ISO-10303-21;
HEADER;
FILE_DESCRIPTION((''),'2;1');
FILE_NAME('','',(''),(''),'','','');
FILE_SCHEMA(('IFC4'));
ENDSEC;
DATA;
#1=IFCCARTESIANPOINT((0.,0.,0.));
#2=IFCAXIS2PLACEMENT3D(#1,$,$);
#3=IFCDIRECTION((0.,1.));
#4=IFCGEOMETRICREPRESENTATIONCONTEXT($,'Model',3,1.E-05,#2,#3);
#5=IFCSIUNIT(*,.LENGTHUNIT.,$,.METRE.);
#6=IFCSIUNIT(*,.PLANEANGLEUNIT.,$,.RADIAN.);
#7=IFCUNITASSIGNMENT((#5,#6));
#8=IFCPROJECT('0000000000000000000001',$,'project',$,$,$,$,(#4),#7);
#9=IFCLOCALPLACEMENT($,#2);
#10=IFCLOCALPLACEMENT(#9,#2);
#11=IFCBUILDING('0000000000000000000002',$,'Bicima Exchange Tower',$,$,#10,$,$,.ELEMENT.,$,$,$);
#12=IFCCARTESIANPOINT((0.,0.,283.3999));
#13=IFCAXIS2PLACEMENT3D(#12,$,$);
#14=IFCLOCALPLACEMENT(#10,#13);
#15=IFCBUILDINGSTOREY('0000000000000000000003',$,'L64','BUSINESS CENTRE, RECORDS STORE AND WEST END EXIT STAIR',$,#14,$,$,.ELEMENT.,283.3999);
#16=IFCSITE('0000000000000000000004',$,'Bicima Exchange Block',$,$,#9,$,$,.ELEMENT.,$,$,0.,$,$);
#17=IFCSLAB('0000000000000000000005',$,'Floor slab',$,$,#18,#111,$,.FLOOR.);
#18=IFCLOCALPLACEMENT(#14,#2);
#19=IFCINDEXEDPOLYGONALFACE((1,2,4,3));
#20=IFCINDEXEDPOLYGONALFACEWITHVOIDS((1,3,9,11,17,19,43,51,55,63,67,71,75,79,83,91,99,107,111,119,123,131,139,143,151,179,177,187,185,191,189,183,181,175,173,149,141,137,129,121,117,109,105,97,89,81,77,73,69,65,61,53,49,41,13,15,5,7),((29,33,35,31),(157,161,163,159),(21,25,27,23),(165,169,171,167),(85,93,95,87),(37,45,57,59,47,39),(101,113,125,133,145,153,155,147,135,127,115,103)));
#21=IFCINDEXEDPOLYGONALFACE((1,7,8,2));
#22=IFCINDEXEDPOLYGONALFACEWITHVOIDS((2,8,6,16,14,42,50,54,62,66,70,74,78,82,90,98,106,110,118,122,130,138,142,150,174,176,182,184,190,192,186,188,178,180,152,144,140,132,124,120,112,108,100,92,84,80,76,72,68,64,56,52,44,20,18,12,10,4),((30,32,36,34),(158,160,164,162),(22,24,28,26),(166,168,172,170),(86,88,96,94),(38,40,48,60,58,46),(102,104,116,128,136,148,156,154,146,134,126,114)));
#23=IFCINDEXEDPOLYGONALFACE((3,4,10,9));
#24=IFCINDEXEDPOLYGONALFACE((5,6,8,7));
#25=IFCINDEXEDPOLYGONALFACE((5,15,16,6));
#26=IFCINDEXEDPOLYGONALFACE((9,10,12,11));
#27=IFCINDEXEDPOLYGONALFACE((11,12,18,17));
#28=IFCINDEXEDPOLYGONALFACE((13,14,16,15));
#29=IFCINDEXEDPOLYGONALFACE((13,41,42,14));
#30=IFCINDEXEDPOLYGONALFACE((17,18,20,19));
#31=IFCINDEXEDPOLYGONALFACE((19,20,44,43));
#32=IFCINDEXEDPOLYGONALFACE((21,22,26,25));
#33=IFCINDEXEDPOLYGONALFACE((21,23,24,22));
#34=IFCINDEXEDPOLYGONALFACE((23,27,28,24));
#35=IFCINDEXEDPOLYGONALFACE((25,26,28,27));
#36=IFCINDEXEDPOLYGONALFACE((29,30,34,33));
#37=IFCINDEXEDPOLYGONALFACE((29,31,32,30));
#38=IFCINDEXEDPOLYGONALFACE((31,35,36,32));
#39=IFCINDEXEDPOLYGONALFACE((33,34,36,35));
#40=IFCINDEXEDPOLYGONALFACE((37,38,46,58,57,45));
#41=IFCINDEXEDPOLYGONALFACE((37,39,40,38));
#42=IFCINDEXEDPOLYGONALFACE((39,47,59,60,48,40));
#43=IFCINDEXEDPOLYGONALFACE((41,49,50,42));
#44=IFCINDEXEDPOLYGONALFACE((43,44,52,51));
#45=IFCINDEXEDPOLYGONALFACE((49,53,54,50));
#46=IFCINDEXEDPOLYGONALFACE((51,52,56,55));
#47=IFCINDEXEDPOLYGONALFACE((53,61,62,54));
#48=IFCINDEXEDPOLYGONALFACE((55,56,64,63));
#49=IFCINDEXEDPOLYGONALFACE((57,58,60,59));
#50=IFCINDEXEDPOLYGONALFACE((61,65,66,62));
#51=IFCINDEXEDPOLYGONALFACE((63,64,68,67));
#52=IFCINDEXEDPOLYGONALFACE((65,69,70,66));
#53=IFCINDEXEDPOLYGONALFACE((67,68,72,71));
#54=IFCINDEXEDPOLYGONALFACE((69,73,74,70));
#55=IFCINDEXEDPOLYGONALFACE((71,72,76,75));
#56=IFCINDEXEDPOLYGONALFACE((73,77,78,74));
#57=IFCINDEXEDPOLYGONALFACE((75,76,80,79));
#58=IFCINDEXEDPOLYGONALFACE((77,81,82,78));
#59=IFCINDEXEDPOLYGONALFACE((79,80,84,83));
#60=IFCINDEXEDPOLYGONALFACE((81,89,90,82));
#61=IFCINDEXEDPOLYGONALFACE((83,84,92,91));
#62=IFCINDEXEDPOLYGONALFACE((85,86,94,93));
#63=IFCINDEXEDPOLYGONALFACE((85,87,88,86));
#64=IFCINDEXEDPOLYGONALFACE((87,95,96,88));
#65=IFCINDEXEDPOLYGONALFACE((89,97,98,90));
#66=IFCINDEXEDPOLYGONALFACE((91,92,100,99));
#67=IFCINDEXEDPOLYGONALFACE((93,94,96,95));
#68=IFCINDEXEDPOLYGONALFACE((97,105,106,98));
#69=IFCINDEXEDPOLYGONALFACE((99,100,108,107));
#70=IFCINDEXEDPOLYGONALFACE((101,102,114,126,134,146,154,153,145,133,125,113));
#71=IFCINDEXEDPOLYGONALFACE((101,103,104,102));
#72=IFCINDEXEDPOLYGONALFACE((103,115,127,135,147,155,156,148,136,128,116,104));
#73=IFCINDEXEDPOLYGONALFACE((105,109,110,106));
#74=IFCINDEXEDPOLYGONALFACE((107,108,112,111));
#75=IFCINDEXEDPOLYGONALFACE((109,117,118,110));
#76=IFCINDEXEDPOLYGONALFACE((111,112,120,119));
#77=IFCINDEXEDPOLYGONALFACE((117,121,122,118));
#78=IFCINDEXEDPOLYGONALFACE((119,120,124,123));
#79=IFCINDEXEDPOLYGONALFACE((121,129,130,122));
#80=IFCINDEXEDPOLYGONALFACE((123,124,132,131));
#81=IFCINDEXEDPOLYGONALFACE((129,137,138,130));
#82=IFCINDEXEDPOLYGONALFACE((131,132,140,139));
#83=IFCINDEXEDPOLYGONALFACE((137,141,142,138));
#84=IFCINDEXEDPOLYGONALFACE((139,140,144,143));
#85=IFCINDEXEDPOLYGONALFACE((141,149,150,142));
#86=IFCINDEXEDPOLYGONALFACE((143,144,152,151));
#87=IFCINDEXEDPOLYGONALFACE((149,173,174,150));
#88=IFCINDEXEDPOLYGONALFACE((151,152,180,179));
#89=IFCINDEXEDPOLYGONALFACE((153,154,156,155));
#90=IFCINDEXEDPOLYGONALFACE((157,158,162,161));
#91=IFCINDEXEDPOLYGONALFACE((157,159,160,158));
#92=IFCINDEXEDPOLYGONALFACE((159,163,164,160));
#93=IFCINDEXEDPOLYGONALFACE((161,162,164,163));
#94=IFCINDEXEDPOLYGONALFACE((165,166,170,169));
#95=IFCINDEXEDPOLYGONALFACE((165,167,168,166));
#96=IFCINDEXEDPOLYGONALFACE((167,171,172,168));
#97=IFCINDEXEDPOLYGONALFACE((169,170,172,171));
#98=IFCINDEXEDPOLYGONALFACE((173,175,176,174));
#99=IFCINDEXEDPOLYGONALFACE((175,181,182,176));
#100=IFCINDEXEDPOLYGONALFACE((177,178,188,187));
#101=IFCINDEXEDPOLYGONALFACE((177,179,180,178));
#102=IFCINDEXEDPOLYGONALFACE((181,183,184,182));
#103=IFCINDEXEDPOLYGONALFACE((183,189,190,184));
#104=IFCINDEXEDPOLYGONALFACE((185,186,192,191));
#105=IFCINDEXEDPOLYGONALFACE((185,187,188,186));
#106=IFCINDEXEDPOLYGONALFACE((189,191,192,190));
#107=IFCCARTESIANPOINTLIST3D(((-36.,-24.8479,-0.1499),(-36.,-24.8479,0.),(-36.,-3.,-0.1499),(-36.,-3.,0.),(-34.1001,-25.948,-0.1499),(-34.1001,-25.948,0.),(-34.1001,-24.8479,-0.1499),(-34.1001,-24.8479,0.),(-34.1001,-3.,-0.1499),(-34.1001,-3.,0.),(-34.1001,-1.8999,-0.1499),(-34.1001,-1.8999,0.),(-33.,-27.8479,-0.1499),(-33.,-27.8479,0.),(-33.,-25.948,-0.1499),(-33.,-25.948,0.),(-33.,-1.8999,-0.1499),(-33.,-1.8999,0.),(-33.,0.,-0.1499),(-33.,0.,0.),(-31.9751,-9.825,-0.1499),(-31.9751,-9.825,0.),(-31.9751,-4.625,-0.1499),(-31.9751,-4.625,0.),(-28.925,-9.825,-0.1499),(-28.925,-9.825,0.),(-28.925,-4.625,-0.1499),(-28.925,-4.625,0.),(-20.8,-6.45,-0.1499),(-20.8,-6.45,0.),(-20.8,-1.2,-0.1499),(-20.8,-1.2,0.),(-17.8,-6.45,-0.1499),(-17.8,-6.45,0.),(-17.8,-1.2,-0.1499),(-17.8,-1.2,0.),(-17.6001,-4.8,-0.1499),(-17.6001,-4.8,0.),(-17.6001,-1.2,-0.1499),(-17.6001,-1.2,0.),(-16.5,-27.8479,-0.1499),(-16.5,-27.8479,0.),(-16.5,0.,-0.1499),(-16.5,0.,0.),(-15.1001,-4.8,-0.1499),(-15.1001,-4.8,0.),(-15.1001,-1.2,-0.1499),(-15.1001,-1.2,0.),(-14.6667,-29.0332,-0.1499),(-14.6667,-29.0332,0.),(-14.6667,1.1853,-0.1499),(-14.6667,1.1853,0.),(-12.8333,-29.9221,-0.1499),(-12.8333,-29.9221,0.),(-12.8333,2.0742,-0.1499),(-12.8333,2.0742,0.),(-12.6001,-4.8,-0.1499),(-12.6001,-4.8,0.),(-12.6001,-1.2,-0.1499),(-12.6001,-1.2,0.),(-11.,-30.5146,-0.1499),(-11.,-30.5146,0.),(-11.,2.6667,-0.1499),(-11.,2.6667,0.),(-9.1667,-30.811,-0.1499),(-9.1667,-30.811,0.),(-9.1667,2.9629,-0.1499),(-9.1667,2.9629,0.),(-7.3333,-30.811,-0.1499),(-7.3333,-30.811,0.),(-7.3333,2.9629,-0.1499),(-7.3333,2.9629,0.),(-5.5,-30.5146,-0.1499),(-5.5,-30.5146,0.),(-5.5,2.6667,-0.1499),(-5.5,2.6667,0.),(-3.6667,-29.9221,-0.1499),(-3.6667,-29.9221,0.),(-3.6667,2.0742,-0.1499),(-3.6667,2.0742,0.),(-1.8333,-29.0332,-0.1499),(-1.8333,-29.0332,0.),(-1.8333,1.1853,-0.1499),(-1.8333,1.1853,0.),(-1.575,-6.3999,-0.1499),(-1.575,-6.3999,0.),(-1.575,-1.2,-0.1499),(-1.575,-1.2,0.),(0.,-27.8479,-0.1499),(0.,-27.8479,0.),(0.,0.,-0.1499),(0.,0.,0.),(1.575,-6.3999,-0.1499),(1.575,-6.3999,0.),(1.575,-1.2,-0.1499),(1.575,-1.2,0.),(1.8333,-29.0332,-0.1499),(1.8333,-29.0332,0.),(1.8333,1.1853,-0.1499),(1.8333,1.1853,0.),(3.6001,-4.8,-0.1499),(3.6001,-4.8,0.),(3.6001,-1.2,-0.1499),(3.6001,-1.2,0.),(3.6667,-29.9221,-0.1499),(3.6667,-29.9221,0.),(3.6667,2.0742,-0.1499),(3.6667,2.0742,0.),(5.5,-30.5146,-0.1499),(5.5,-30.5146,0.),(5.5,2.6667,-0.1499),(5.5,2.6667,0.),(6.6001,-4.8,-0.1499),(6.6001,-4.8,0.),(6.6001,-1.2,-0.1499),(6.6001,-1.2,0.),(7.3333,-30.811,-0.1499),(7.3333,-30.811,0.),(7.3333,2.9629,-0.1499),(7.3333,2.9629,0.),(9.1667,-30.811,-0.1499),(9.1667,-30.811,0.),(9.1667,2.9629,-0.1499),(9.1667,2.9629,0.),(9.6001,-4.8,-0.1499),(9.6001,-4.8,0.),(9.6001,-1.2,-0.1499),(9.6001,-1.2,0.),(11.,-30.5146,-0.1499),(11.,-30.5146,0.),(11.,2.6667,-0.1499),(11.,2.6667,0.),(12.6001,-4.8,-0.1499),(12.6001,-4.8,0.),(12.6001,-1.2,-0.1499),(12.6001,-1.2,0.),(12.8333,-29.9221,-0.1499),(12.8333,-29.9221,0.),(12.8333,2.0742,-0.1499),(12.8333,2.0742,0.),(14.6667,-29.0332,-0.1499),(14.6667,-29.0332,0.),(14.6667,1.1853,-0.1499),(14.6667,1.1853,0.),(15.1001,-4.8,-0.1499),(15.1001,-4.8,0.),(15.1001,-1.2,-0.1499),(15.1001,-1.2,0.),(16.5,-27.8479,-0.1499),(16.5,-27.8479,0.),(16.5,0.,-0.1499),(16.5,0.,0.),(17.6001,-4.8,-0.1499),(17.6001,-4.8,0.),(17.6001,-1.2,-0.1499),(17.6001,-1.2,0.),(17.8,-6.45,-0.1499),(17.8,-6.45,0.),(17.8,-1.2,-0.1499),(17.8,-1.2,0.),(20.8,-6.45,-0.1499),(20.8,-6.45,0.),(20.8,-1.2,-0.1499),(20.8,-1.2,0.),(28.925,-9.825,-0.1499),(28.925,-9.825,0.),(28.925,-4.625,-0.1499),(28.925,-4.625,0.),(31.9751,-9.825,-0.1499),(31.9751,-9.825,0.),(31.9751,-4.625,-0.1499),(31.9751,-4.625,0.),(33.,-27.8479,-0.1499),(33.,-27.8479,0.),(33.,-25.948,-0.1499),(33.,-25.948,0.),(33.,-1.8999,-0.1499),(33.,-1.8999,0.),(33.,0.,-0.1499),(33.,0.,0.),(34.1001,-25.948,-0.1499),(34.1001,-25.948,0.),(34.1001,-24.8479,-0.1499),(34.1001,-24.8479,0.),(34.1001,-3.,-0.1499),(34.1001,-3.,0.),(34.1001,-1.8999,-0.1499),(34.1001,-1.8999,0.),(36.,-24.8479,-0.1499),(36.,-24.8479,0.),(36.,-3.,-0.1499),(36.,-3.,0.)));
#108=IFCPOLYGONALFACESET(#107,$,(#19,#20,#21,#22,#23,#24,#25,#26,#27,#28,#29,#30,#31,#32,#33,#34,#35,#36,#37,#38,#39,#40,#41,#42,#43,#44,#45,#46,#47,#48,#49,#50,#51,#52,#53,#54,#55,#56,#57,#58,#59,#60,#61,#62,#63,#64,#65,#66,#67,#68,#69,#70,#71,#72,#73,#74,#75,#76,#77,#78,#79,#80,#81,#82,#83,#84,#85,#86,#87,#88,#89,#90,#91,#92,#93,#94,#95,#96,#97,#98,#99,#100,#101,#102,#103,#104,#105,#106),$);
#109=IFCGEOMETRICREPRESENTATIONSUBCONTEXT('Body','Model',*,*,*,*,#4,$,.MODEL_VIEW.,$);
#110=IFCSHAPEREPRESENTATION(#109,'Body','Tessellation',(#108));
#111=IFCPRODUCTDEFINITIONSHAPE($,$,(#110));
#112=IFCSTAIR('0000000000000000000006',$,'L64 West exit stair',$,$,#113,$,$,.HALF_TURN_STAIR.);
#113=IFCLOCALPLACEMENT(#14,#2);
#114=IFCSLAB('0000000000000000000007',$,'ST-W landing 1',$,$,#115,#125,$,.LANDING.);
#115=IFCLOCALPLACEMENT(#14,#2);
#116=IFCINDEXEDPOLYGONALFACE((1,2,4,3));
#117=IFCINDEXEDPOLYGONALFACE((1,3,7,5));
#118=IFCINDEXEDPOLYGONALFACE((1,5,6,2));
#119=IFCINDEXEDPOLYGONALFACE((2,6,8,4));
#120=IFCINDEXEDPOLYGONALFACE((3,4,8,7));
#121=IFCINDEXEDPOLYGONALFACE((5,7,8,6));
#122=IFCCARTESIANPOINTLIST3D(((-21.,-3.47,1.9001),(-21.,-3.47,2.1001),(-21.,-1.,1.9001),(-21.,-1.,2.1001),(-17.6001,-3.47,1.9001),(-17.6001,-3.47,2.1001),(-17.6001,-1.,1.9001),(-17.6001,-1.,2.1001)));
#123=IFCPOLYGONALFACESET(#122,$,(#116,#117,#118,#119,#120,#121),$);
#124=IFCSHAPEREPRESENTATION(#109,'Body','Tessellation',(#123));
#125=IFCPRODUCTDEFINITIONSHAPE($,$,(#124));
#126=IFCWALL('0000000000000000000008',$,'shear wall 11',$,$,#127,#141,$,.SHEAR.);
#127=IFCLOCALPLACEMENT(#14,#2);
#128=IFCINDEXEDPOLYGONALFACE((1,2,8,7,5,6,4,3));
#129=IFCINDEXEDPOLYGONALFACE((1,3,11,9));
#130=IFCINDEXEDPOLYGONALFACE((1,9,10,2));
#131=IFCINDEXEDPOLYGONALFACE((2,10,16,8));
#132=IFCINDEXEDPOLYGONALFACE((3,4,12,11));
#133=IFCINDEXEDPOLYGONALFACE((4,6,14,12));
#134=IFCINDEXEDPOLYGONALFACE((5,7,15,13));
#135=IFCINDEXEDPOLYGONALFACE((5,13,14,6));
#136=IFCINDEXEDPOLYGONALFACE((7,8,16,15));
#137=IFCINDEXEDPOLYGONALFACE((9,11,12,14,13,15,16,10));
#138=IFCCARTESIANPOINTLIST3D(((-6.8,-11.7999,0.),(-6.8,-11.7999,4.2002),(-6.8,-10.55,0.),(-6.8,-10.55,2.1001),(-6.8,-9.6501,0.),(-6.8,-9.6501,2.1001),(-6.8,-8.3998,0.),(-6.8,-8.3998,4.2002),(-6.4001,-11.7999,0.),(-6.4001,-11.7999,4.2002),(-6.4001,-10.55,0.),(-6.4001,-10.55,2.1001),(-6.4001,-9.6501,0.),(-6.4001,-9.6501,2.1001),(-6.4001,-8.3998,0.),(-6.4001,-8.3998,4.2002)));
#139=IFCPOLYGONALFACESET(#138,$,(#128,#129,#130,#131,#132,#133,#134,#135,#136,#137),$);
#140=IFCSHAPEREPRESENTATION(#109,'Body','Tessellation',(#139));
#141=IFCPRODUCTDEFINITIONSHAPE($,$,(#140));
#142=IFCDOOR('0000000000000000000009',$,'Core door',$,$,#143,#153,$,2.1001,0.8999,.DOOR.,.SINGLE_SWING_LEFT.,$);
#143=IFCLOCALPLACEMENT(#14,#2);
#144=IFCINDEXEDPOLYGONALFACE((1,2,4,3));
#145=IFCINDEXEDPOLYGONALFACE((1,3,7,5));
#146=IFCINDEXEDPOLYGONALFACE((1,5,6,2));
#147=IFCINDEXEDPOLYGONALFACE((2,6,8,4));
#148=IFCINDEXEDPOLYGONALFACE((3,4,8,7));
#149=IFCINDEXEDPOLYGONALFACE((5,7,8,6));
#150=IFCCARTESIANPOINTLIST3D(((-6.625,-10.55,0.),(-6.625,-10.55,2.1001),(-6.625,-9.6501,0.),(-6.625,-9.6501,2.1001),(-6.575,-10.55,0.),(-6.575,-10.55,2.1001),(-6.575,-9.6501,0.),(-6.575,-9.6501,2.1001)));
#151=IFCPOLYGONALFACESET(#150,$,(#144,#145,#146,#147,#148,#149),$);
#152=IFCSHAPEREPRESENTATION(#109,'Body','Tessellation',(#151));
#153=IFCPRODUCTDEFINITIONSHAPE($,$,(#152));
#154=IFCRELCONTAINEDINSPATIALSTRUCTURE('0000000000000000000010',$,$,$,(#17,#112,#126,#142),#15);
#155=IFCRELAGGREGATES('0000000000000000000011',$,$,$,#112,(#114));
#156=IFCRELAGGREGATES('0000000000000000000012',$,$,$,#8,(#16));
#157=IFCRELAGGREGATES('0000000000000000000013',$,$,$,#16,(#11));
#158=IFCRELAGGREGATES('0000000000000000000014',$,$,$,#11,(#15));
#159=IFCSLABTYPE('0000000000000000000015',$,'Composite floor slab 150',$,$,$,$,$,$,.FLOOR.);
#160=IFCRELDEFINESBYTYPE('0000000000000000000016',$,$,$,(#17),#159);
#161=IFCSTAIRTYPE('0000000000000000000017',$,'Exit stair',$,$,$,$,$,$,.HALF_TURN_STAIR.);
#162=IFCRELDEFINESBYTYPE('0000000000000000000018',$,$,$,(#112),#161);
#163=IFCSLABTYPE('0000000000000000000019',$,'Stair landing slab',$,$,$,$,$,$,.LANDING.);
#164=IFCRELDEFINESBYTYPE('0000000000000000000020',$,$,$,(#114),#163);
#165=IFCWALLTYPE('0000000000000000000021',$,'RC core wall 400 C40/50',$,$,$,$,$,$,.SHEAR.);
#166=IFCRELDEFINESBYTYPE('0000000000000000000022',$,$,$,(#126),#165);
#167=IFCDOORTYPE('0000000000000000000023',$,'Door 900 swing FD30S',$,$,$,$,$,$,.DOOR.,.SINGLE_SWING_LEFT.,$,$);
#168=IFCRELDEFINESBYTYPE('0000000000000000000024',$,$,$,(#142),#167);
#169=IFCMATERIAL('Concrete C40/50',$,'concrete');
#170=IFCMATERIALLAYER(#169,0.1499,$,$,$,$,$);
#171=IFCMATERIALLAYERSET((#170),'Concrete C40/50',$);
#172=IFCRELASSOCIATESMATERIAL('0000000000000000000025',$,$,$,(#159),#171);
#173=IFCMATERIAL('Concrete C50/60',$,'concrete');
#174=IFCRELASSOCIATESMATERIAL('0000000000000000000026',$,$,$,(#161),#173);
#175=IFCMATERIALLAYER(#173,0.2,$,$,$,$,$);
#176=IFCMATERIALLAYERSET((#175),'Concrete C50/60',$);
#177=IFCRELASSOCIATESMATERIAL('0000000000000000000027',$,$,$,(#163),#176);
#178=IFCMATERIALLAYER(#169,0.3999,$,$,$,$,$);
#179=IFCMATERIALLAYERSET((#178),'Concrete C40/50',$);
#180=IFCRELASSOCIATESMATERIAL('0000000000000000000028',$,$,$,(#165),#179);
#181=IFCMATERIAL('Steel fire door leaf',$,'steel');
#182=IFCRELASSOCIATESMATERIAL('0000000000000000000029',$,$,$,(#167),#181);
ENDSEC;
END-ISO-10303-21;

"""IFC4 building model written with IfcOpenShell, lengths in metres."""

from ifc_helpers import new_model, si_unit, direction, frame, frame_2d, origin, place, context, subcontext, project, spatial, polyline, rectangle, outline, extrude, material, layer, layer_set, type_object, element, fill, aggregate, save


model = new_model("IFC4")

# Units and contexts
model_context = context("Model", 3, precision=1e-05, world=origin(), true_north=direction((0.0, 1.0)))
body_context = subcontext(model_context, "Body", "Model", "MODEL_VIEW")
ifc_project = project(units=[si_unit("LENGTHUNIT", "METRE"), si_unit("PLANEANGLEUNIT", "RADIAN")], contexts=[model_context])

# Site, building, storey
site_placement = place(None, origin())
site = spatial("IfcSite", under=ifc_project, at=site_placement, Name="Bicima Exchange Block", CompositionType="ELEMENT", RefElevation=0.0)
building_placement = place(site_placement, origin())
building = spatial("IfcBuilding", under=site, at=building_placement, Name="Bicima Exchange Tower", CompositionType="ELEMENT")
storey_placement = place(building_placement, frame((0.0, 0.0, 283.3999)))
storey = spatial("IfcBuildingStorey", under=building, at=storey_placement, Name="L64", Description="BUSINESS CENTRE, RECORDS STORE AND WEST END EXIT STAIR", CompositionType="ELEMENT", Elevation=283.3999)

# Slab
ifc_material_1 = material(Name="Concrete C40/50", Category="concrete")
ifc_layer_1 = layer(ifc_material_1, 0.1499)
ifc_layer_set_1 = layer_set([ifc_layer_1], Name="Concrete C40/50")
slab_type_1 = type_object("IfcSlabType", Name="Composite floor slab 150", PredefinedType="FLOOR", material=ifc_layer_set_1)
slab_1_placement = place(storey_placement, frame((0.0, 0.0, -0.1499)))
element("IfcSlab", 1, at=slab_1_placement, inside=storey, type_object=slab_type_1, Name="Floor slab", PredefinedType="FLOOR", context=body_context, shape_type="SweptSolid", body=[
    extrude(outline(polyline([(-36.0, -24.8479), (-36.0, -3.0), (-34.1001, -3.0), (-34.1001, -1.8999), (-33.0, -1.8999), (-33.0, 0.0), (-16.5, 0.0), (-14.6667, 1.1853), (-12.8333, 2.0742), (-11.0, 2.6667), (-9.1667, 2.9629), (-7.3333, 2.9629), (-5.5, 2.6667), (-3.6667, 2.0742), (-1.8333, 1.1853), (0.0, 0.0), (1.8333, 1.1853), (3.6667, 2.0742), (5.5, 2.6667), (7.3333, 2.9629), (9.1667, 2.9629), (11.0, 2.6667), (12.8333, 2.0742), (14.6667, 1.1853), (16.5, 0.0), (33.0, 0.0), (33.0, -1.8999), (34.1001, -1.8999), (34.1001, -3.0), (36.0, -3.0), (36.0, -24.8479), (34.1001, -24.8479), (34.1001, -25.948), (33.0, -25.948), (33.0, -27.8479), (16.5, -27.8479), (14.6667, -29.0332), (12.8333, -29.9221), (11.0, -30.5146), (9.1667, -30.811), (7.3333, -30.811), (5.5, -30.5146), (3.6667, -29.9221), (1.8333, -29.0332), (0.0, -27.8479), (-1.8333, -29.0332), (-3.6667, -29.9221), (-5.5, -30.5146), (-7.3333, -30.811), (-9.1667, -30.811), (-11.0, -30.5146), (-12.8333, -29.9221), (-14.6667, -29.0332), (-16.5, -27.8479), (-33.0, -27.8479), (-33.0, -25.948), (-34.1001, -25.948), (-34.1001, -24.8479), (-36.0, -24.8479)]), holes=[polyline([(-28.925, -9.825), (-28.925, -4.625), (-31.9751, -4.625), (-31.9751, -9.825), (-28.925, -9.825)]), polyline([(-20.8, -6.45), (-17.8, -6.45), (-17.8, -1.2), (-20.8, -1.2), (-20.8, -6.45)]), polyline([(-1.575, -6.3999), (1.575, -6.3999), (1.575, -1.2), (-1.575, -1.2), (-1.575, -6.3999)]), polyline([(-12.6001, -1.2), (-15.1001, -1.2), (-17.6001, -1.2), (-17.6001, -4.8), (-15.1001, -4.8), (-12.6001, -4.8), (-12.6001, -1.2)]), polyline([(3.6001, -4.8), (6.6001, -4.8), (9.6001, -4.8), (12.6001, -4.8), (15.1001, -4.8), (17.6001, -4.8), (17.6001, -1.2), (15.1001, -1.2), (12.6001, -1.2), (9.6001, -1.2), (6.6001, -1.2), (3.6001, -1.2), (3.6001, -4.8)]), polyline([(31.9751, -9.825), (31.9751, -4.625), (28.925, -4.625), (28.925, -9.825), (31.9751, -9.825)]), polyline([(17.8, -6.45), (20.8, -6.45), (20.8, -1.2), (17.8, -1.2), (17.8, -6.45)])]), origin(), (0.0, 0.0, 1.0), 0.1499),
])

# Stair, slab
ifc_material_2 = material(Name="Concrete C50/60", Category="concrete")
stair_type_1 = type_object("IfcStairType", Name="Exit stair", PredefinedType="HALF_TURN_STAIR", material=ifc_material_2)
stair_1_placement = place(storey_placement, origin())
stair_1 = element("IfcStair", 2, at=stair_1_placement, inside=storey, type_object=stair_type_1, Name="L64 West exit stair", PredefinedType="HALF_TURN_STAIR")
ifc_layer_2 = layer(ifc_material_2, 0.2)
ifc_layer_set_2 = layer_set([ifc_layer_2], Name="Concrete C50/60")
slab_type_2 = type_object("IfcSlabType", Name="Stair landing slab", PredefinedType="LANDING", material=ifc_layer_set_2)
slab_2_placement = place(storey_placement, frame((0.0, 0.0, 1.9001)))
slab_2 = element("IfcSlab", 3, at=slab_2_placement, type_object=slab_type_2, Name="ST-W landing 1", PredefinedType="LANDING", context=body_context, shape_type="SweptSolid", body=[
    extrude(outline(polyline([(-17.6001, -3.47), (-17.6001, -1.0), (-21.0, -1.0), (-21.0, -3.47), (-17.6001, -3.47)])), origin(), (0.0, 0.0, 1.0), 0.2),
])
aggregate(stair_1, [slab_2])

# Wall, opening, door
ifc_layer_3 = layer(ifc_material_1, 0.3999)
ifc_layer_set_3 = layer_set([ifc_layer_3], Name="Concrete C40/50")
wall_type_1 = type_object("IfcWallType", Name="RC core wall 400 C40/50", PredefinedType="SHEAR", material=ifc_layer_set_3)
wall_1_placement = place(storey_placement, frame((-6.6001, -11.8, 0.0), z_axis=(0.0, 0.0, 1.0), x_axis=(0.0, 1.0, 0.0)))
wall_1 = element("IfcWall", 4, at=wall_1_placement, inside=storey, type_object=wall_type_1, Name="shear wall 11", PredefinedType="SHEAR", context=body_context, shape_type="SweptSolid", body=[
    extrude(rectangle(XDim=3.4001, YDim=0.3999, at=frame_2d((1.7002, 0.0))), origin(), (0.0, 0.0, 1.0), 4.2002),
])
opening_1_placement = place(wall_1_placement, frame((1.25, 0.0, 0.0)))
opening_1 = element("IfcOpeningElement", 5, at=opening_1_placement, cuts=wall_1, PredefinedType="OPENING", context=body_context, shape_type="SweptSolid", body=[
    extrude(rectangle(XDim=0.8999, YDim=2.1001, at=frame_2d((0.45, 1.05))), frame((0.0, 0.2119, 0.0), z_axis=(0.0, -1.0, 0.0), x_axis=(1.0, 0.0, 0.0)), (0.0, 0.0, 1.0), 0.4238),
])
ifc_material_3 = material(Name="Steel fire door leaf", Category="steel")
door_type_1 = type_object("IfcDoorType", Name="Door 900 swing FD30S", OperationType="SINGLE_SWING_LEFT", PredefinedType="DOOR", material=ifc_material_3)
door_1_placement = place(opening_1_placement, origin())
door_1 = element("IfcDoor", 6, at=door_1_placement, inside=storey, type_object=door_type_1, Name="Core door", OperationType="SINGLE_SWING_LEFT", OverallHeight=2.1001, OverallWidth=0.8999, PredefinedType="DOOR", context=body_context, shape_type="SweptSolid", body=[
    extrude(rectangle(XDim=0.8999, YDim=2.1001, at=frame_2d((0.45, 1.05))), frame((0.0, 0.0249, 0.0), z_axis=(0.0, -1.0, 0.0), x_axis=(1.0, 0.0, 0.0)), (0.0, 0.0, 1.0), 0.05),
])
fill(opening_1, door_1)

save(model, "model.ifc")
